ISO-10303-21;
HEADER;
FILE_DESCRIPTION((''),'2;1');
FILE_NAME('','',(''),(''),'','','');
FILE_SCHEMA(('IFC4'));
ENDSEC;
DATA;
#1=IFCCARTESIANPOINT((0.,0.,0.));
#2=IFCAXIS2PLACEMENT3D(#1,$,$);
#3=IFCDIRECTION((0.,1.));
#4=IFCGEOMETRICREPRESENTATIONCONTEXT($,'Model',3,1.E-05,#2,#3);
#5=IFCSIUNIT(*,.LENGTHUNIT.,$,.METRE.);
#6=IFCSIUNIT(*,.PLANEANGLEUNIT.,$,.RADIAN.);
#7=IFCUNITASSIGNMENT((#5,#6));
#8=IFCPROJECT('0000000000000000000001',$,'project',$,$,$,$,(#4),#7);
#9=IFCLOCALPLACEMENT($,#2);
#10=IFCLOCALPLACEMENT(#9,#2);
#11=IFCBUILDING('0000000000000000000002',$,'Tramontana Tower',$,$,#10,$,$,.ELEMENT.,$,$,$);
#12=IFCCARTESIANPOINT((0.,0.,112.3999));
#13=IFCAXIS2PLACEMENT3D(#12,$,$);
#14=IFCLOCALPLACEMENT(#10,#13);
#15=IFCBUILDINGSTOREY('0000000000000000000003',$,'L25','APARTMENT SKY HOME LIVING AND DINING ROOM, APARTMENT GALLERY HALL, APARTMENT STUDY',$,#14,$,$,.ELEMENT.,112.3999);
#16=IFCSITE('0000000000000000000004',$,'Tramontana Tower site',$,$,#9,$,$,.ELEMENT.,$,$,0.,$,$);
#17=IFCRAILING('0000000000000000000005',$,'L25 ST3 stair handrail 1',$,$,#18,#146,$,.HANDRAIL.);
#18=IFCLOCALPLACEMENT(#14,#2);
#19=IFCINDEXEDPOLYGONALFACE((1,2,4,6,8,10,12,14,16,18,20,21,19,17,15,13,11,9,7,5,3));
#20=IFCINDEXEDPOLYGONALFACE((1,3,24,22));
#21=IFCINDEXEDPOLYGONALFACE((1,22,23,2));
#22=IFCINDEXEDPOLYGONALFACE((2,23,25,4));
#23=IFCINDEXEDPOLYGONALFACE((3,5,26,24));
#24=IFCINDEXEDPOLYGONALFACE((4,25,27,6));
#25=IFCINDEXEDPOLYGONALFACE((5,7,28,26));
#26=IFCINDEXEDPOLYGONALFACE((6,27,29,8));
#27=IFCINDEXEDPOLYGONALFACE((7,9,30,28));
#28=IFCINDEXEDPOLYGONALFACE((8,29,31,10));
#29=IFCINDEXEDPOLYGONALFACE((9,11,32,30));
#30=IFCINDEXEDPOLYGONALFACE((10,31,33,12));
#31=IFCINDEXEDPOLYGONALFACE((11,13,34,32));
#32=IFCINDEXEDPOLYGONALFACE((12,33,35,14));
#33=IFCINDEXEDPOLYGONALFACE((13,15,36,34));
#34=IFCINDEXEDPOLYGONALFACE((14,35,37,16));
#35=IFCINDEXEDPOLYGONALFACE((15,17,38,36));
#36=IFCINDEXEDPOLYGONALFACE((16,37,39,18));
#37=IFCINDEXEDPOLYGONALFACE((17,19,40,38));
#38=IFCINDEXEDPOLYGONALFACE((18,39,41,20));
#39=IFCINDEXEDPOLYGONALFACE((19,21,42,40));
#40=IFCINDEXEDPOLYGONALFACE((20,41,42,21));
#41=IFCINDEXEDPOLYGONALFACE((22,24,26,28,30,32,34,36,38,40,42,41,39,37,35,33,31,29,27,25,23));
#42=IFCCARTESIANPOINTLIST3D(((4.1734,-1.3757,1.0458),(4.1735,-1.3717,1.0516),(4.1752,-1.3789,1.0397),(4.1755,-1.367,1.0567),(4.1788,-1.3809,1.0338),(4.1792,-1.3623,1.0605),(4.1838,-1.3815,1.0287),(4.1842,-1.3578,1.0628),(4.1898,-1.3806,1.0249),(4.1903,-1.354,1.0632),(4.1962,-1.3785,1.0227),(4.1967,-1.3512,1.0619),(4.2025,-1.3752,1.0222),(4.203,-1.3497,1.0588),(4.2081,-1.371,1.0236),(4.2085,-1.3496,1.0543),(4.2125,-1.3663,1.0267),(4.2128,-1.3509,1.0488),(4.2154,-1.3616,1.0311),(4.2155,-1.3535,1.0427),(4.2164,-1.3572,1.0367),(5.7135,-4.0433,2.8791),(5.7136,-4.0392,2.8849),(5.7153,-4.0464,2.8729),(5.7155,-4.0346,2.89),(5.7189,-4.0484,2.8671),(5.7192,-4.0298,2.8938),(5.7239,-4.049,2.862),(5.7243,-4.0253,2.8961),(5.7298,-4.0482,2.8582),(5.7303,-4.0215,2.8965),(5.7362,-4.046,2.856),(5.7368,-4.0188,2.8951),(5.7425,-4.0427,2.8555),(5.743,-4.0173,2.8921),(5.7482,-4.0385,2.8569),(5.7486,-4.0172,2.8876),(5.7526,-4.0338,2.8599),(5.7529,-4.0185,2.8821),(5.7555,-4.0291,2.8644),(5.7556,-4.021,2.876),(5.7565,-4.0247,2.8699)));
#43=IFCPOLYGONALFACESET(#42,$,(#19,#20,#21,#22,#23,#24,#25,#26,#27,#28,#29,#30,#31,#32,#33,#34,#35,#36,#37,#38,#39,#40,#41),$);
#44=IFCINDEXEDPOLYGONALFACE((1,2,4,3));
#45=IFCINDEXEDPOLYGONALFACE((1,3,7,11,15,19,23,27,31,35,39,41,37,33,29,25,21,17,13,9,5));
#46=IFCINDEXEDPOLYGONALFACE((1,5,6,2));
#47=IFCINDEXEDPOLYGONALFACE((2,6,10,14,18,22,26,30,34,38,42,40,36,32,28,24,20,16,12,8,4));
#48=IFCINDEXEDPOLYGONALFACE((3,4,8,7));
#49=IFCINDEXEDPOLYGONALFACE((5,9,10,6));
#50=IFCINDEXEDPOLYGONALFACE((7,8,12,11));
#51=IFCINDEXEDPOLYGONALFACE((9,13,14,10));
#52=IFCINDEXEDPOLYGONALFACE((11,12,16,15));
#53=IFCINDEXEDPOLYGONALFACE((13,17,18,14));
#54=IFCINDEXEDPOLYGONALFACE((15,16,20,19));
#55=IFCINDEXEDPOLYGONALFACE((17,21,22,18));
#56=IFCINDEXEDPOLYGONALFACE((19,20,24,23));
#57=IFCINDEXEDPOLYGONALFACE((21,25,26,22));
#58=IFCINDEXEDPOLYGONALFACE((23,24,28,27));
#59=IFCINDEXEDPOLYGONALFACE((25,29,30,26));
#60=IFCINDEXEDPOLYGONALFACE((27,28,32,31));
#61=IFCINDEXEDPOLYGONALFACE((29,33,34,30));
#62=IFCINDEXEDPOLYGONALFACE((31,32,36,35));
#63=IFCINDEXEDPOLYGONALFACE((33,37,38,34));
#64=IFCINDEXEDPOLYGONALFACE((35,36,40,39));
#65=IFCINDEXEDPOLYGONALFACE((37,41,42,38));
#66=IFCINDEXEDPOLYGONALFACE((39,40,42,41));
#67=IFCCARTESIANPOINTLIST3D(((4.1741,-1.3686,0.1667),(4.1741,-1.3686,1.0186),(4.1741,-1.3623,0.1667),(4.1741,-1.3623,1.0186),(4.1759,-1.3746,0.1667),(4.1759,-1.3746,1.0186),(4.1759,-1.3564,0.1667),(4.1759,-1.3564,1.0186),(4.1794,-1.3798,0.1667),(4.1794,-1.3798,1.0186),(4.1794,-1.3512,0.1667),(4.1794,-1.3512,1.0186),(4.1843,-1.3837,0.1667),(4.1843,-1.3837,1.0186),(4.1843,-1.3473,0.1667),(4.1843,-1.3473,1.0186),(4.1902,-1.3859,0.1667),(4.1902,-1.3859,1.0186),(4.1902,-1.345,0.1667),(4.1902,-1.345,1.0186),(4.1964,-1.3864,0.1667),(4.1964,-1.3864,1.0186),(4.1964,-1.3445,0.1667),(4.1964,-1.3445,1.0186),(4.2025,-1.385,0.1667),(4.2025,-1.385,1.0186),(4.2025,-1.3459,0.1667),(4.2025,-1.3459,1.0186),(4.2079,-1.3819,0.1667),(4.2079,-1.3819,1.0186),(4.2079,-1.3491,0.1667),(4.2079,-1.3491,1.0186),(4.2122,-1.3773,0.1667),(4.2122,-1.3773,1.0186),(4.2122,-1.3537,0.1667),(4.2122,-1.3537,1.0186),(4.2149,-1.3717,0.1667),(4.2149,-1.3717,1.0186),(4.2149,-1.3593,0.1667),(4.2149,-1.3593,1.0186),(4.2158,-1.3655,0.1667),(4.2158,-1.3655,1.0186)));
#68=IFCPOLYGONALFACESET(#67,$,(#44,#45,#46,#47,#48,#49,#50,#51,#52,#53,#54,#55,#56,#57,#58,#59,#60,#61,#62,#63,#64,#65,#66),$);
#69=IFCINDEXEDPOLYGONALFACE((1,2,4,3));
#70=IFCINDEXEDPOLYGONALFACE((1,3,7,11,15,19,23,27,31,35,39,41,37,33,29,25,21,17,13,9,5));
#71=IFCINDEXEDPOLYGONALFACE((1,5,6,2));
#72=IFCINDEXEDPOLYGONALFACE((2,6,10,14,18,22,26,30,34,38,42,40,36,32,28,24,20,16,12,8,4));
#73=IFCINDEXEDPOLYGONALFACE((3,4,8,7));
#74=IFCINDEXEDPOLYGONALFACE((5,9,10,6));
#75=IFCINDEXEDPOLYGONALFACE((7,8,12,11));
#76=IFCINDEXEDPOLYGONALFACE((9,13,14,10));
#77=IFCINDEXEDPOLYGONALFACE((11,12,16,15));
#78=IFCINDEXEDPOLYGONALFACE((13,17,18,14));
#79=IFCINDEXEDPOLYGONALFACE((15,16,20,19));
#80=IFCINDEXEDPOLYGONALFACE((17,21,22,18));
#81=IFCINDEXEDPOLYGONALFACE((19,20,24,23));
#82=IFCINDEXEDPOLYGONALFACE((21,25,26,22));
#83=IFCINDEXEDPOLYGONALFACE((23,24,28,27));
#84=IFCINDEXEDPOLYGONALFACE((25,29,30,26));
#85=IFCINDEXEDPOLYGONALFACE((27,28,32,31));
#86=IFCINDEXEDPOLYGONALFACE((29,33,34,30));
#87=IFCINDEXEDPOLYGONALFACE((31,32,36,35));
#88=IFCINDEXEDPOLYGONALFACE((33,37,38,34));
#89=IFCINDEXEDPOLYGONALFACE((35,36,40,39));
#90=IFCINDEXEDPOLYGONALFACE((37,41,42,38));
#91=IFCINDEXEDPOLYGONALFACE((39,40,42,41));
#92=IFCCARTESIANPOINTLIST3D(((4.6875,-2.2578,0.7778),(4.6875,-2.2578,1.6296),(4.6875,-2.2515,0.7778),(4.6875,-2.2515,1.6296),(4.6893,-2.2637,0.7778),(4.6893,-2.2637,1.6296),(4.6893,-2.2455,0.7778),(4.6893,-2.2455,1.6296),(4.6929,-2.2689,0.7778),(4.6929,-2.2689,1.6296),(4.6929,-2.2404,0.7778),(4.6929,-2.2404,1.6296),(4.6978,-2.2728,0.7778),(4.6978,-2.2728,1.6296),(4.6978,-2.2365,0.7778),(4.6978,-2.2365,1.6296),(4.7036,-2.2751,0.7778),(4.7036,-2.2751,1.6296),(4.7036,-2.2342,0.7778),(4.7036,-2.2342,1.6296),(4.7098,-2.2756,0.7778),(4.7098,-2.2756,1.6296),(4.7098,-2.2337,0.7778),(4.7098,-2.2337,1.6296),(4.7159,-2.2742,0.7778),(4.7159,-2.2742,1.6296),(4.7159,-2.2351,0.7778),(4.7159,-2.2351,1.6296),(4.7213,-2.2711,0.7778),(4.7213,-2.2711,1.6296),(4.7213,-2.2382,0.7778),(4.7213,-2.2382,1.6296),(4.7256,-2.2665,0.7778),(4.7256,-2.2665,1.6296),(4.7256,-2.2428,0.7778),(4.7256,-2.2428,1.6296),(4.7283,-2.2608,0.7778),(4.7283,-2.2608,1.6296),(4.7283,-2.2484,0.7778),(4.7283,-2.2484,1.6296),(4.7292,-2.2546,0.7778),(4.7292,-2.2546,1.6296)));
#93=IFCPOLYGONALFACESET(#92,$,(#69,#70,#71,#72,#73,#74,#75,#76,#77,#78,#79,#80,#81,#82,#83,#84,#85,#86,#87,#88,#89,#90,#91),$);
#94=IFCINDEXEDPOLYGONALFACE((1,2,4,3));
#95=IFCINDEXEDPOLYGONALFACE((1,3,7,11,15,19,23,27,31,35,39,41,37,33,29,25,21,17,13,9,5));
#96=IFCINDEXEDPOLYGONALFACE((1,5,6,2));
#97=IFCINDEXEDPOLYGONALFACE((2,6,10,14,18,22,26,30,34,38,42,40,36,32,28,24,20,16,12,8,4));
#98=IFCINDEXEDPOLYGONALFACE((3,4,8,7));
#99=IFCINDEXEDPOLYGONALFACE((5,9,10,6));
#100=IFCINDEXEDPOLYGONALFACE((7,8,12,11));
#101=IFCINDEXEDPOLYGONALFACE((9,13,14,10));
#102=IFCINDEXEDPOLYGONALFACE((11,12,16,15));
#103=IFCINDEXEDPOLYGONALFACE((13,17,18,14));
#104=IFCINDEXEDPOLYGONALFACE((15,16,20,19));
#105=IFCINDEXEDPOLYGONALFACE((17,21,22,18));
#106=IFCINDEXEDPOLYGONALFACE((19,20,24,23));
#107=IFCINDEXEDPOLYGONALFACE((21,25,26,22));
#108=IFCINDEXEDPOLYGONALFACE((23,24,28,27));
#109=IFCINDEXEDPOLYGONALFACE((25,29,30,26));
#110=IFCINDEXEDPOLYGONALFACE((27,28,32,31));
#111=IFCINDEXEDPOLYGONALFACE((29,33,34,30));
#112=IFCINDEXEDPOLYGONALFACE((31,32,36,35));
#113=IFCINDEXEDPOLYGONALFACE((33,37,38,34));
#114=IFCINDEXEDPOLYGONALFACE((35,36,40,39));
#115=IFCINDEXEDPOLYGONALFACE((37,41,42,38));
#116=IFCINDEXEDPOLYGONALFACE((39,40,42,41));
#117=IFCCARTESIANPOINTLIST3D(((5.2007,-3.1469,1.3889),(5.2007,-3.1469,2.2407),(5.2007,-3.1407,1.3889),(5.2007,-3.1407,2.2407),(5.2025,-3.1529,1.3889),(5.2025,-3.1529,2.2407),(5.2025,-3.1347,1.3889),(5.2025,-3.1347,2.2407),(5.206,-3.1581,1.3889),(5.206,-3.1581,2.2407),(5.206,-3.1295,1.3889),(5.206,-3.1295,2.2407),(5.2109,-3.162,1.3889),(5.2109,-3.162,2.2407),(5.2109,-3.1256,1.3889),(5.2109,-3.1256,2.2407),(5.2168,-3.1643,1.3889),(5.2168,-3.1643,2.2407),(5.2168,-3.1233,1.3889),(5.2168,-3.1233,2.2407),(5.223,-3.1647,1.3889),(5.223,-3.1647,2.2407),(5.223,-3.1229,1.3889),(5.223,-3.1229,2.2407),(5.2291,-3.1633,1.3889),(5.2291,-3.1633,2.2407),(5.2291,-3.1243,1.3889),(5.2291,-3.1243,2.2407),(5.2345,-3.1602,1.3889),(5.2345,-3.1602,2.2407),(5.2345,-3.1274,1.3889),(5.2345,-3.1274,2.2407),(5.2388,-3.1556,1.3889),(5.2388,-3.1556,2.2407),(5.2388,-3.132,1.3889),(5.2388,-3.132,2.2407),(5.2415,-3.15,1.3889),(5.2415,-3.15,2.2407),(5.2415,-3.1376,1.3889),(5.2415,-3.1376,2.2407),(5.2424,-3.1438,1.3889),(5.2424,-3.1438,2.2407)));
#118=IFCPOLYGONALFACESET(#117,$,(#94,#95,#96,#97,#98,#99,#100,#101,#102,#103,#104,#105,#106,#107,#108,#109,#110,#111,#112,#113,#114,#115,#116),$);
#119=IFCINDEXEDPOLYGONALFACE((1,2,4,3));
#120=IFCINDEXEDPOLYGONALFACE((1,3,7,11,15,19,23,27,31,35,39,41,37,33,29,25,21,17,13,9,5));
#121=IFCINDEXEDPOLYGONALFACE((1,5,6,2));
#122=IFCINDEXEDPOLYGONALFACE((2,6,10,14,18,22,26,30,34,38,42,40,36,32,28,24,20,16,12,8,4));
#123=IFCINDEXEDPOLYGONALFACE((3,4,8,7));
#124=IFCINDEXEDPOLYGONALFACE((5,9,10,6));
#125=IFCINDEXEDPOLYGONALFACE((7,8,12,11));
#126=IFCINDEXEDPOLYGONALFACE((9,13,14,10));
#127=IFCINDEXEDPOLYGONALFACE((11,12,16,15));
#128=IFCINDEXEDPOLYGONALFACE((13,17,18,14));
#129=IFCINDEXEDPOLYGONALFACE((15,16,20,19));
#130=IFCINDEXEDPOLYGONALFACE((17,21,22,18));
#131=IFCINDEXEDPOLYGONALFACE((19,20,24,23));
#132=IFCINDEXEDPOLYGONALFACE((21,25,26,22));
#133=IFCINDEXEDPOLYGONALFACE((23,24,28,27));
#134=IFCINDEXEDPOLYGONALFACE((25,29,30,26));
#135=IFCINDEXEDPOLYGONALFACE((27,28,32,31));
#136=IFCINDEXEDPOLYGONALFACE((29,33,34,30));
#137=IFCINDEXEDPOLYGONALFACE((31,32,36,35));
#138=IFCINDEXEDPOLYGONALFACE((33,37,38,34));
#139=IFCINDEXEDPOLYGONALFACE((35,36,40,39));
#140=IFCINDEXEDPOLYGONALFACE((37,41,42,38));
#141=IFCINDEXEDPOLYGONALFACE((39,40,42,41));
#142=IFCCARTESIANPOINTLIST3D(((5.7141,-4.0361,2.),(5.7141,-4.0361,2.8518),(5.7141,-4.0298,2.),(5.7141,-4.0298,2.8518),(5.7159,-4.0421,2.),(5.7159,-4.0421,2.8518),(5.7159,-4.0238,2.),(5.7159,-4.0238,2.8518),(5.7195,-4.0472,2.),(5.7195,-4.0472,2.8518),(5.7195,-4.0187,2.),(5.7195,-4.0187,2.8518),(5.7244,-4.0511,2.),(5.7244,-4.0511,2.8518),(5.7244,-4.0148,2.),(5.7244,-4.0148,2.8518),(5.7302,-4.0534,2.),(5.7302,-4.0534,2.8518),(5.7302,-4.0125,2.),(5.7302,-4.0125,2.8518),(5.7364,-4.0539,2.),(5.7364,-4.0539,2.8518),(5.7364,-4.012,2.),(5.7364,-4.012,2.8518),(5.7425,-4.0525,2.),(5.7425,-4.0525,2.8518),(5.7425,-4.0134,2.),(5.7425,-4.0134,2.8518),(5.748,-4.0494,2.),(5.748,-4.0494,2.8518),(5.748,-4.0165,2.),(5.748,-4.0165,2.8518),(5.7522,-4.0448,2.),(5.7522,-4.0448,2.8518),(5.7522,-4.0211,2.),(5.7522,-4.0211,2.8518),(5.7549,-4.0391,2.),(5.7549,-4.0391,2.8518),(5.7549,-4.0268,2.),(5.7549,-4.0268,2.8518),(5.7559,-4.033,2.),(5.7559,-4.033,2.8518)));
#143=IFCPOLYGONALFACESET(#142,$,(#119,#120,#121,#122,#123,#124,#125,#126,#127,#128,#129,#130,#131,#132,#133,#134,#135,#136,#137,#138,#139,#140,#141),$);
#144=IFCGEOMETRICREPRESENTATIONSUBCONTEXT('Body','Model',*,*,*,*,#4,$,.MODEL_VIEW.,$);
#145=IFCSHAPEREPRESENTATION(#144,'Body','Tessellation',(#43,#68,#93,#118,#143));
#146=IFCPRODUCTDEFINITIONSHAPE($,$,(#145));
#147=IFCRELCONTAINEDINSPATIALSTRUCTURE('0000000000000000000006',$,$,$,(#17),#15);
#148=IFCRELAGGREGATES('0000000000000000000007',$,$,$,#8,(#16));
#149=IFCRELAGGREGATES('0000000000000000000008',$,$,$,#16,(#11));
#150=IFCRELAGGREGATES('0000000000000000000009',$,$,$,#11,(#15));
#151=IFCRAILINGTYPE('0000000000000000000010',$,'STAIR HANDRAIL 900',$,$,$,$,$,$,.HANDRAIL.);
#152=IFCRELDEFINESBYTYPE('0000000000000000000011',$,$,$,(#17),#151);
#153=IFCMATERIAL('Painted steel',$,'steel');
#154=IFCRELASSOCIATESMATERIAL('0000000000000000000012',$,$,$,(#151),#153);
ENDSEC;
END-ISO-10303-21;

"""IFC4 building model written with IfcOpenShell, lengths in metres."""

from ifc_helpers import new_model, si_unit, direction, frame, origin, origin_2d, place, context, subcontext, project, spatial, circle, extrude, material, type_object, element, save


model = new_model("IFC4")

# Units and contexts
model_context = context("Model", 3, precision=1e-05, world=origin(), true_north=direction((0.0, 1.0)))
body_context = subcontext(model_context, "Body", "Model", "MODEL_VIEW")
ifc_project = project(units=[si_unit("LENGTHUNIT", "METRE"), si_unit("PLANEANGLEUNIT", "RADIAN")], contexts=[model_context])

# Site, building, storey
site_placement = place(None, origin())
site = spatial("IfcSite", under=ifc_project, at=site_placement, Name="Tramontana Tower site", CompositionType="ELEMENT", RefElevation=0.0)
building_placement = place(site_placement, origin())
building = spatial("IfcBuilding", under=site, at=building_placement, Name="Tramontana Tower", CompositionType="ELEMENT")
storey_placement = place(building_placement, frame((0.0, 0.0, 112.3999)))
storey = spatial("IfcBuildingStorey", under=building, at=storey_placement, Name="L25", Description="APARTMENT SKY HOME LIVING AND DINING ROOM, APARTMENT GALLERY HALL, APARTMENT STUDY", CompositionType="ELEMENT", Elevation=112.3999)

# Railing
ifc_material_1 = material(Name="Painted steel", Category="steel")
railing_type_1 = type_object("IfcRailingType", Name="STAIR HANDRAIL 900", PredefinedType="HANDRAIL", material=ifc_material_1)
railing_1_placement = place(storey_placement, frame((4.1948, -1.3655, 0.1667)))
element("IfcRailing", 1, at=railing_1_placement, inside=storey, type_object=railing_type_1, Name="L25 ST3 stair handrail 1", PredefinedType="HANDRAIL", context=body_context, shape_type="SweptSolid", body=[
    extrude(circle(Radius=0.0239, at=origin_2d()), frame((0.0, 0.0, 0.876), z_axis=(0.429649, -0.74419, 0.511452), x_axis=(0.86603, 0.499992, 0.0)), (0.0, 0.0, 1.0), 3.5845),
    extrude(circle(Radius=0.021, at=origin_2d()), origin(), (0.0, 0.0, 1.0), 0.8518),
    extrude(circle(Radius=0.021, at=origin_2d()), frame((0.5134, -0.8892, 0.6111)), (0.0, 0.0, 1.0), 0.8518),
    extrude(circle(Radius=0.021, at=origin_2d()), frame((1.0266, -1.7783, 1.2222)), (0.0, 0.0, 1.0), 0.8518),
    extrude(circle(Radius=0.021, at=origin_2d()), frame((1.54, -2.6675, 1.8333)), (0.0, 0.0, 1.0), 0.8518),
])

save(model, "model.ifc")
